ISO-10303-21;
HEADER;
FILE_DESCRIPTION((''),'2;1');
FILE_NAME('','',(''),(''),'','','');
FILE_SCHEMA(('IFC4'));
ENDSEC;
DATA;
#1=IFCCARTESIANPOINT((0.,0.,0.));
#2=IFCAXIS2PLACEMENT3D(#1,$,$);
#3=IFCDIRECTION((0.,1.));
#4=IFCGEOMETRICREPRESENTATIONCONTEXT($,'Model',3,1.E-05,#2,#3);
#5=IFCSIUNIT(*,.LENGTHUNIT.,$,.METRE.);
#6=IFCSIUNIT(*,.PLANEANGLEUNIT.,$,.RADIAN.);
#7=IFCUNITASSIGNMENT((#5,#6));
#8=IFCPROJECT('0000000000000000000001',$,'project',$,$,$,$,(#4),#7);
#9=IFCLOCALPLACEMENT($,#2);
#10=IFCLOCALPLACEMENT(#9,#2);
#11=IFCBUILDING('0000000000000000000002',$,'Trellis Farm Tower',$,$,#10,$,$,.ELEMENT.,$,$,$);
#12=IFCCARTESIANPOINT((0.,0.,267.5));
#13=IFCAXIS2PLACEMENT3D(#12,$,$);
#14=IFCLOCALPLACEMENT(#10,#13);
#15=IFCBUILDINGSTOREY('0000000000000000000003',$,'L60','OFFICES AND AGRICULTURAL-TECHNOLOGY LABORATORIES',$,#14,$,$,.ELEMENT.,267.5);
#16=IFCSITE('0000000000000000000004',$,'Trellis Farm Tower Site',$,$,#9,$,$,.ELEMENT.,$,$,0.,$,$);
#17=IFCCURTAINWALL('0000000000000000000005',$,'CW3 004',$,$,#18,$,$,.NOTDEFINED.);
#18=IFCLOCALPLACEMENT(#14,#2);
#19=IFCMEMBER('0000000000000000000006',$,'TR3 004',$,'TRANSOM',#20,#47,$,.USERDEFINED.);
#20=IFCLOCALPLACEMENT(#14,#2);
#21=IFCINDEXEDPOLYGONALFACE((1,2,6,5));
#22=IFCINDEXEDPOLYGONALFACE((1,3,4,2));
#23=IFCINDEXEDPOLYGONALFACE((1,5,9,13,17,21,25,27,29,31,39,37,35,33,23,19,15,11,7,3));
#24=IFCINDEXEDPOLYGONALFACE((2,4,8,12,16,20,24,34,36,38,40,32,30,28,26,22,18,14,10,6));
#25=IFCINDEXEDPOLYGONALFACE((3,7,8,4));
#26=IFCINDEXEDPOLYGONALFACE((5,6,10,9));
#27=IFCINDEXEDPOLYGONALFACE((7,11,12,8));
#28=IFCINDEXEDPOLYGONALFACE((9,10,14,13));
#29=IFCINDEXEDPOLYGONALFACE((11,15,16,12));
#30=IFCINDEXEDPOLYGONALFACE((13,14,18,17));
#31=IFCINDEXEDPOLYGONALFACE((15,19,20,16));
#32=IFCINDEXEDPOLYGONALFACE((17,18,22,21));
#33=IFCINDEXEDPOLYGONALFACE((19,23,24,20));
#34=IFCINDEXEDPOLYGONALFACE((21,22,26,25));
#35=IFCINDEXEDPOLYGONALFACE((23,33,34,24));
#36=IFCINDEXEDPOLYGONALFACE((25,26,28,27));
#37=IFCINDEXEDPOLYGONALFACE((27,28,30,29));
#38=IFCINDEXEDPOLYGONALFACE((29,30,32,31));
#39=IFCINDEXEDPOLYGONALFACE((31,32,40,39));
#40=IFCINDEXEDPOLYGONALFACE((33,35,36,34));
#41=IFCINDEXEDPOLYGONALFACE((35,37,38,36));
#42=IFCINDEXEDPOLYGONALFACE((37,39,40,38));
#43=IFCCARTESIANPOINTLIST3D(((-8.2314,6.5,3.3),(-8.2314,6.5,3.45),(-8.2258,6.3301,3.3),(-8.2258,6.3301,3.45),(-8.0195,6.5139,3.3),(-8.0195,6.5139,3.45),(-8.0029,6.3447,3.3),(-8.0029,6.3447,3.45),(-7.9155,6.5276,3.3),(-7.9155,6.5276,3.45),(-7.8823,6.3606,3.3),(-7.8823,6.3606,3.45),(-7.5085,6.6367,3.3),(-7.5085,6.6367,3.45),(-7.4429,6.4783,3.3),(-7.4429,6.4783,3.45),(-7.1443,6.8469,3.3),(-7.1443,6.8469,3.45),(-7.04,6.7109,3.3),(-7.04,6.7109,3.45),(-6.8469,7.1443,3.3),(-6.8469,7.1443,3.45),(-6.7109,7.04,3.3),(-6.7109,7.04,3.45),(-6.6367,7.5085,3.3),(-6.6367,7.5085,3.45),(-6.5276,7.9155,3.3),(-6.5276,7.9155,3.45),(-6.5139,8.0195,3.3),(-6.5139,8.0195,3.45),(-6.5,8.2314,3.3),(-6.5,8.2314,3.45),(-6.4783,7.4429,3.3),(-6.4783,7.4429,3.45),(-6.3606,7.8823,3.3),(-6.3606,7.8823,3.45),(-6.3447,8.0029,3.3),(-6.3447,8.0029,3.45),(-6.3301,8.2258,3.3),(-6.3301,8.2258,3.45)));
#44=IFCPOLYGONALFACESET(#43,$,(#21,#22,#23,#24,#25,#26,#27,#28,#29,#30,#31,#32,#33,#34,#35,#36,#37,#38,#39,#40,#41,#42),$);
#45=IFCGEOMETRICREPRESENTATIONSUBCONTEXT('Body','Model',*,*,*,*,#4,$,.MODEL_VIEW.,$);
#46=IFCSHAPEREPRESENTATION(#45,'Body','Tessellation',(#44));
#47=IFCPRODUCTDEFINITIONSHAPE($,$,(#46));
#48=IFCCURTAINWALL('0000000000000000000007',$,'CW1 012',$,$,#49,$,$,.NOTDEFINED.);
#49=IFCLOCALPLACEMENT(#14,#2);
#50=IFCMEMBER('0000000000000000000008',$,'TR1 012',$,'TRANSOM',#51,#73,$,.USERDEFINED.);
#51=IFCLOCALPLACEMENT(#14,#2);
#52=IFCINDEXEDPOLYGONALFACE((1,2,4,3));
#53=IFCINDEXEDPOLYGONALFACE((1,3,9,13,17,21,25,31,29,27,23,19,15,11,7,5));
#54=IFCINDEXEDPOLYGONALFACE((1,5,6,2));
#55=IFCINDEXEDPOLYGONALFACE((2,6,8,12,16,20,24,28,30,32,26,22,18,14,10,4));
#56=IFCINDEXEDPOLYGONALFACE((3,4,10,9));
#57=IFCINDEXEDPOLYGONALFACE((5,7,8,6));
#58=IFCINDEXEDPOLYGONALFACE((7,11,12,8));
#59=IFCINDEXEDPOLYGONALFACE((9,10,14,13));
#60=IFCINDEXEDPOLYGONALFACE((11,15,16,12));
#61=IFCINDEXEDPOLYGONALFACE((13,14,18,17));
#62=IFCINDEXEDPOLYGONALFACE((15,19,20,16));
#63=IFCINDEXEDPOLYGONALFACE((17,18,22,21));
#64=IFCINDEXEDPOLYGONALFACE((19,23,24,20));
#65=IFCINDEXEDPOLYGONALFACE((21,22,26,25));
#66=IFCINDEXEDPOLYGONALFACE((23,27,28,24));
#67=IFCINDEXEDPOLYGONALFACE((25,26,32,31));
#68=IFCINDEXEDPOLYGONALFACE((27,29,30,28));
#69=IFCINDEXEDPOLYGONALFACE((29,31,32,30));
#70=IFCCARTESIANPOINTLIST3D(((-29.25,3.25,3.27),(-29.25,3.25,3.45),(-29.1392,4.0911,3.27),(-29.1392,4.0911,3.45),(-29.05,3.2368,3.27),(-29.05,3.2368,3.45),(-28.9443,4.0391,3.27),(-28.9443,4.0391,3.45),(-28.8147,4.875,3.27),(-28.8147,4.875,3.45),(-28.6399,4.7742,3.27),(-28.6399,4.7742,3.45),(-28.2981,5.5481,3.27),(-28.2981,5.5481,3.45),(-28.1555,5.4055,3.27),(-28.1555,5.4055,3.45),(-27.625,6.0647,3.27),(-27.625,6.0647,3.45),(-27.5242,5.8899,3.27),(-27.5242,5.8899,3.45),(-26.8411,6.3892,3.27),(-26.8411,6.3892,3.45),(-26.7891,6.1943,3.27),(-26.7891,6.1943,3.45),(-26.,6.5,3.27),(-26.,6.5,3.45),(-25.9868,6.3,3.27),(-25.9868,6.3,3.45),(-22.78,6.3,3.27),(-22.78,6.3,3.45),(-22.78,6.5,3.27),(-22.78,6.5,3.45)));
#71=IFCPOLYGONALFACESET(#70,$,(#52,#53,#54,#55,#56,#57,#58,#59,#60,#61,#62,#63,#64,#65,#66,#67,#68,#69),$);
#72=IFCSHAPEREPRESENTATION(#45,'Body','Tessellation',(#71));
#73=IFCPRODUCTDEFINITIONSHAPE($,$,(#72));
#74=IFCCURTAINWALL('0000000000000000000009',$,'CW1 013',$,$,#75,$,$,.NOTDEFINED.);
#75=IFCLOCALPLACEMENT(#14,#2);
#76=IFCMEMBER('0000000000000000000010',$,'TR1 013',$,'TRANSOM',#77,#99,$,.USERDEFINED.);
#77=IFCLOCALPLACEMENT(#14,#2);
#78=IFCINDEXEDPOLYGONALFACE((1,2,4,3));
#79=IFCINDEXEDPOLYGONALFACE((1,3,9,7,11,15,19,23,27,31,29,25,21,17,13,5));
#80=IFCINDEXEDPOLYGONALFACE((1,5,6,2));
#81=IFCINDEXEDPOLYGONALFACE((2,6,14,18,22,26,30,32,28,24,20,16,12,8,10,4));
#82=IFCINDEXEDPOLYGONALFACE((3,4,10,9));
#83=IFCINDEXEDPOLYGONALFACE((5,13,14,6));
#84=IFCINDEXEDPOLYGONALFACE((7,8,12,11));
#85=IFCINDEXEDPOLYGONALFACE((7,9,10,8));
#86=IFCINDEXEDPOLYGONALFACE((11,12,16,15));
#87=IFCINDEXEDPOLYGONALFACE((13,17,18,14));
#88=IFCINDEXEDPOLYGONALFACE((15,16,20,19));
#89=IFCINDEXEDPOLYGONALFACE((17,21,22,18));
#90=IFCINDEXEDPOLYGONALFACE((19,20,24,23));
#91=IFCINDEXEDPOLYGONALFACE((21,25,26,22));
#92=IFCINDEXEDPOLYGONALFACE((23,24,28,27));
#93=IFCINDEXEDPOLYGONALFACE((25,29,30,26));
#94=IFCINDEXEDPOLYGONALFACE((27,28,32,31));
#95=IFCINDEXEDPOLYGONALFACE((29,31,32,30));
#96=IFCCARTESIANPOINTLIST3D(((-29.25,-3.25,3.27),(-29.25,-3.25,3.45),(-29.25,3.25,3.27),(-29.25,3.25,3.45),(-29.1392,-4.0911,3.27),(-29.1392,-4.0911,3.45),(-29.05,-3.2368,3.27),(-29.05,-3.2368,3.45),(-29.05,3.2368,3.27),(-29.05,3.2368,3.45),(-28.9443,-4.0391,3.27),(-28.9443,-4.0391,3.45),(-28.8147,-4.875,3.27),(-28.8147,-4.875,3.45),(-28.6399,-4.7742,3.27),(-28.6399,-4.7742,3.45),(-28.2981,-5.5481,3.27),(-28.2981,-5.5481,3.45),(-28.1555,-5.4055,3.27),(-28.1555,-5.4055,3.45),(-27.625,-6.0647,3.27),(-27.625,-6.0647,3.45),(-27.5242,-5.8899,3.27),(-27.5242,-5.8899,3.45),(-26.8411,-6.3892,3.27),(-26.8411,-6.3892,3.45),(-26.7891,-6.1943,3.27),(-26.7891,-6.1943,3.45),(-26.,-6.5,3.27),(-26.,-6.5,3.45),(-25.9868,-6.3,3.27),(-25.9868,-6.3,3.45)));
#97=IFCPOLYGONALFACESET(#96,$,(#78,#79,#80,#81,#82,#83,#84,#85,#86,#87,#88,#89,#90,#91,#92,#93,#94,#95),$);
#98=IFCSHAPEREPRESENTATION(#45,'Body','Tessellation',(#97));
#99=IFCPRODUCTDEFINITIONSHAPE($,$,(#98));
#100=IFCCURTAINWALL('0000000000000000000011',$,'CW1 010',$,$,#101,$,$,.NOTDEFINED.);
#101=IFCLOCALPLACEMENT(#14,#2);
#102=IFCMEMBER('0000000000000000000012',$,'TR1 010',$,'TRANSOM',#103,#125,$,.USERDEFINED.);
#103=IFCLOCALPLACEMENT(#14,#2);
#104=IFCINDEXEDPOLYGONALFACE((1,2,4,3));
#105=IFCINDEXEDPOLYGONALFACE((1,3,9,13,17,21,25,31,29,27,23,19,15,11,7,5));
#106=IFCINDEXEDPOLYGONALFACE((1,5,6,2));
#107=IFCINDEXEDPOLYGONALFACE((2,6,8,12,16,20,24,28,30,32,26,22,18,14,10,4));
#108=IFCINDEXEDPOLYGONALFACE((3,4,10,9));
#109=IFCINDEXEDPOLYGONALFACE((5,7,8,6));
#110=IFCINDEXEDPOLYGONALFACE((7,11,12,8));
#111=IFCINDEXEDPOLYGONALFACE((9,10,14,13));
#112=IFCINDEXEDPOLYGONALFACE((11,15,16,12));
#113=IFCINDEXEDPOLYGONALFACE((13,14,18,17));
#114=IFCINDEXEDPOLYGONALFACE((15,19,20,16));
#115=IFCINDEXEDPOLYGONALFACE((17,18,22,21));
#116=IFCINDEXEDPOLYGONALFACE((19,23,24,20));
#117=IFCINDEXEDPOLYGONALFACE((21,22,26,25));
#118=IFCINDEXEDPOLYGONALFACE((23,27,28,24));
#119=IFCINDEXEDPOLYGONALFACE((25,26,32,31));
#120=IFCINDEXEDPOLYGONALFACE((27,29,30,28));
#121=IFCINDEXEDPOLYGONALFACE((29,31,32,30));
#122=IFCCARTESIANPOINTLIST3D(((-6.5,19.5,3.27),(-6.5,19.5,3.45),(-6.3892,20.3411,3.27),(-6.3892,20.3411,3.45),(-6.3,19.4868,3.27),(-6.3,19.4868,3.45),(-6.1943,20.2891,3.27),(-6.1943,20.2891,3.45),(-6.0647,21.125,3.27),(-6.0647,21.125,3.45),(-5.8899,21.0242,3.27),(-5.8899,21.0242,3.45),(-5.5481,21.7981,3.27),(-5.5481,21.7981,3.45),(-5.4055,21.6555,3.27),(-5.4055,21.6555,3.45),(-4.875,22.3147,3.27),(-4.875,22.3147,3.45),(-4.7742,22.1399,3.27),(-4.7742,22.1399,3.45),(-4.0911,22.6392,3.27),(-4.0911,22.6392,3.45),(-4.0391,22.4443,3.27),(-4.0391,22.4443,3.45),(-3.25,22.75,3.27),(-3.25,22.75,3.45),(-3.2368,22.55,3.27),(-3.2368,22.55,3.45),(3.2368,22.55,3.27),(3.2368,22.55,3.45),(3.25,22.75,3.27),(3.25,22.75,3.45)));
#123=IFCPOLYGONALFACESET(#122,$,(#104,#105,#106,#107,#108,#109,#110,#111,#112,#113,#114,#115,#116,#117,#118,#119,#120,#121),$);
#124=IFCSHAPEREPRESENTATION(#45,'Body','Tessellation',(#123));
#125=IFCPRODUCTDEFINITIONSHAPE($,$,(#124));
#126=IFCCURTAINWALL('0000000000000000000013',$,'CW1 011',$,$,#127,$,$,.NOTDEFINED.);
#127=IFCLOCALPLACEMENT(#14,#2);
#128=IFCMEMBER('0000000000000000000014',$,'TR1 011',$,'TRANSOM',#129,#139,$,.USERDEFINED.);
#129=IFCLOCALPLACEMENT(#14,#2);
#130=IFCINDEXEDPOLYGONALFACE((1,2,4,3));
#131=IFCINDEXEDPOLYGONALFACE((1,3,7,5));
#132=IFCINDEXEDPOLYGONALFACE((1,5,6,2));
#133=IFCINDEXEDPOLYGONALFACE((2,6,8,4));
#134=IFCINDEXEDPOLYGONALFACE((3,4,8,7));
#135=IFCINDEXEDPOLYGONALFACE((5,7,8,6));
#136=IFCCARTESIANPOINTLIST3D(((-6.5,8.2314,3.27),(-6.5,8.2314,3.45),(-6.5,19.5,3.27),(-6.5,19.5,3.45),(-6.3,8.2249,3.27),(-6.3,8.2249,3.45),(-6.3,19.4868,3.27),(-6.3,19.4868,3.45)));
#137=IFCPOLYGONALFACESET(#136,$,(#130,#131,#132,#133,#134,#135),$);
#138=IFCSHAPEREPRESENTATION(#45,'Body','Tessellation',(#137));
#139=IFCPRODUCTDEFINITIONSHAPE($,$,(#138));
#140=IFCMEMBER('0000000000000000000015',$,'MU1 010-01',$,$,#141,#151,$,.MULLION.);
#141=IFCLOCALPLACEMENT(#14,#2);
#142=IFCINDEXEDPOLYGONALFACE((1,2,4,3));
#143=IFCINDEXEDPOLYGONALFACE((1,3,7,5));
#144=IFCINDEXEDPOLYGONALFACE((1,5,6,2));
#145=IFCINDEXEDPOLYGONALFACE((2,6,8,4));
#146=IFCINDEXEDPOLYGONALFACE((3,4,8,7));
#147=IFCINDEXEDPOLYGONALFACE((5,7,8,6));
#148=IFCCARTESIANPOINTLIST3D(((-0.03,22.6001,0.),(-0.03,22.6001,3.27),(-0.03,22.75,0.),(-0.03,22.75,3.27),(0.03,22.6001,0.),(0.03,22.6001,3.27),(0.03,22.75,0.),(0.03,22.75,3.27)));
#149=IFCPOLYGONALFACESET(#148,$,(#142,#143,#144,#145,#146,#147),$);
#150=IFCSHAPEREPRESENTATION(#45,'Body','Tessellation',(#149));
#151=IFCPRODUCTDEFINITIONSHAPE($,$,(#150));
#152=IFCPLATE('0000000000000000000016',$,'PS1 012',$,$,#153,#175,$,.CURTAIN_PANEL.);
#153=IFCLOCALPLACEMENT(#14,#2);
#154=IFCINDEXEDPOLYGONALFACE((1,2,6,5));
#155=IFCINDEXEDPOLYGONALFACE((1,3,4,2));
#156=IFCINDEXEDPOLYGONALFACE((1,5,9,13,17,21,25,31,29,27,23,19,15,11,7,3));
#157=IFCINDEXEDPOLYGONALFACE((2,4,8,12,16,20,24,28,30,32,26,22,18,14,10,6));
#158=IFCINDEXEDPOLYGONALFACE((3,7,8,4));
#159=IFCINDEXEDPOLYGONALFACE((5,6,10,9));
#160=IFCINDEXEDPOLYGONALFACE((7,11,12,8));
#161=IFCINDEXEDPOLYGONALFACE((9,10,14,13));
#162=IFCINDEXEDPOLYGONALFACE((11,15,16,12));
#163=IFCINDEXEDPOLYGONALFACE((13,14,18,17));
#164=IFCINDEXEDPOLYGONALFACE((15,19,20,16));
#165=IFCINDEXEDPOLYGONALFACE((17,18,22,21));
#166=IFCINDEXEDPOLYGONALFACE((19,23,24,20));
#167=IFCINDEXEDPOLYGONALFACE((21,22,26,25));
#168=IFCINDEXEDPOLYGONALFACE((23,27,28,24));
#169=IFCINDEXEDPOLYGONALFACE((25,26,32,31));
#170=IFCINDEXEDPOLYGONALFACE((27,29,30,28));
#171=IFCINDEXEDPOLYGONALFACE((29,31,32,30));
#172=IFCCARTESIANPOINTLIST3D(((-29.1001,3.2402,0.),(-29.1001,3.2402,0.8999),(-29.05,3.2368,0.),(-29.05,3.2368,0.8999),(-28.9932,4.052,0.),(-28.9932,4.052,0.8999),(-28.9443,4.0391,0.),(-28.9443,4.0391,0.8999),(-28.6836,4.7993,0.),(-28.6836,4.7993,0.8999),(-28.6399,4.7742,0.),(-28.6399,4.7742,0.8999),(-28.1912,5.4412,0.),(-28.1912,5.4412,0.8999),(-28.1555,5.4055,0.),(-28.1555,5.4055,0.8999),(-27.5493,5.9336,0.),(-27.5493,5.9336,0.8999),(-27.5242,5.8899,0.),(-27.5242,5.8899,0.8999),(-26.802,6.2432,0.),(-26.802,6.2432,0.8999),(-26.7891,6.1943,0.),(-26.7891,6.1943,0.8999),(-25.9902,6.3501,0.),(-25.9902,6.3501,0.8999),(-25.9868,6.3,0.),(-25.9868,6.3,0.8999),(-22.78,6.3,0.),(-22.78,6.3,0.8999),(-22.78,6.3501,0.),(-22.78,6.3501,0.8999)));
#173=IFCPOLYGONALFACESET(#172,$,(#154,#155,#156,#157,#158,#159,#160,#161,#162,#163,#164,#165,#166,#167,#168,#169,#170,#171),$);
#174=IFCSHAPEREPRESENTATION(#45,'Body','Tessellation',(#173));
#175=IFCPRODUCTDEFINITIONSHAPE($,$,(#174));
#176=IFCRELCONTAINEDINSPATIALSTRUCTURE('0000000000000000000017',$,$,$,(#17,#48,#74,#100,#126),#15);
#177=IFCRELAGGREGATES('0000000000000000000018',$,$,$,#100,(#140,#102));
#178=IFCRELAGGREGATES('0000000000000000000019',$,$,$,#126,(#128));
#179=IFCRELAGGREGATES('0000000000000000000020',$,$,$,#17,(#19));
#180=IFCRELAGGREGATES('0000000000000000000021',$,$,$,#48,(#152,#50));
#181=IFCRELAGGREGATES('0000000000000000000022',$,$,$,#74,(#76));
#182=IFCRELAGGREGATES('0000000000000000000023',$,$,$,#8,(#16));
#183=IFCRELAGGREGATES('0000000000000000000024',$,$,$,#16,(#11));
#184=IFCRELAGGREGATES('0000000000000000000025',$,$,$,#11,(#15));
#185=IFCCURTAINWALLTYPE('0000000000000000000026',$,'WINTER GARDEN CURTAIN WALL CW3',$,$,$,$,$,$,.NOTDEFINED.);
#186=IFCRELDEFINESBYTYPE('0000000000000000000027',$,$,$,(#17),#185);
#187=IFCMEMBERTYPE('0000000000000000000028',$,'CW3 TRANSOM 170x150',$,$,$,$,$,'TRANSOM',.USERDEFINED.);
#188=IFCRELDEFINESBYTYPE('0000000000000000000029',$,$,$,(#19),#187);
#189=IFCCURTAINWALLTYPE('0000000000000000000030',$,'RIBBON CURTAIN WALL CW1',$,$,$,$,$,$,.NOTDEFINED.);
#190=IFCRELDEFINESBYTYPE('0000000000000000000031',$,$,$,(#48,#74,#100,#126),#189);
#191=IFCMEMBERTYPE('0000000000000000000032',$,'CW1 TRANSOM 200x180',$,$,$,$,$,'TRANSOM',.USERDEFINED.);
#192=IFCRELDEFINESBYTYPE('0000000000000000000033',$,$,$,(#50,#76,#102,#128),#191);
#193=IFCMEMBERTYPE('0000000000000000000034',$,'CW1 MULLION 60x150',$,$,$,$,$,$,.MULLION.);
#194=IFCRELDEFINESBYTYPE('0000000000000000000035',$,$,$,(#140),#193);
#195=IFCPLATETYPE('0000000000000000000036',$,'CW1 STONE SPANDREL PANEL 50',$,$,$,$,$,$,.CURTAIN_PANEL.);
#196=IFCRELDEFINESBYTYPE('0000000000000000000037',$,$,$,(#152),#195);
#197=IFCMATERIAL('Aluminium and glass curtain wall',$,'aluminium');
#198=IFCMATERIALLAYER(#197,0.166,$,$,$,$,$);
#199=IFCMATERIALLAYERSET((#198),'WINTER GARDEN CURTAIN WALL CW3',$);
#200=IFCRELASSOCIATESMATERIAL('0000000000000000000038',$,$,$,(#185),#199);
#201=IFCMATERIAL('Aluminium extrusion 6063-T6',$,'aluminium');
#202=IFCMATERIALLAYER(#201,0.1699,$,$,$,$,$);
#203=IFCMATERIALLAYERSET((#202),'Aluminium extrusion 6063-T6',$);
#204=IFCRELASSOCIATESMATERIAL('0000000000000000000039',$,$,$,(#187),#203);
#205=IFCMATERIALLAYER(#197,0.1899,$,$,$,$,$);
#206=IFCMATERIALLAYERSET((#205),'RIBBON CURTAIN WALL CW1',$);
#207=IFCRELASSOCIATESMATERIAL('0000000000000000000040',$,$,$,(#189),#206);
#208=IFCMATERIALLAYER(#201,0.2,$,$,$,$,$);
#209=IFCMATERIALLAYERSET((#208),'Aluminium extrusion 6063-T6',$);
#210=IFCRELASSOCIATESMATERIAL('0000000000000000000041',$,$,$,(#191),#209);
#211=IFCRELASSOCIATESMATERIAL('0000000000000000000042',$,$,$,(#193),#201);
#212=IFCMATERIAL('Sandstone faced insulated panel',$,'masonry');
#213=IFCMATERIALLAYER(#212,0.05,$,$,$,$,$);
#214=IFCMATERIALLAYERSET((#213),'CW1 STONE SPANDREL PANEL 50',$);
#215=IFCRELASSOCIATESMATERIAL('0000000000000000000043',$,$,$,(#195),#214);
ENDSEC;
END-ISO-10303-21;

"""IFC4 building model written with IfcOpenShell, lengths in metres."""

from ifc_helpers import new_model, si_unit, direction, frame, origin, origin_2d, place, context, subcontext, project, spatial, polyline, rectangle, outline, extrude, source, transform, mapped, material, layer, layer_set, material_profile, profile_set, type_object, element, aggregate, save


model = new_model("IFC4")

# Units and contexts
model_context = context("Model", 3, precision=1e-05, world=origin(), true_north=direction((0.0, 1.0)))
body_context = subcontext(model_context, "Body", "Model", "MODEL_VIEW")
ifc_project = project(units=[si_unit("LENGTHUNIT", "METRE"), si_unit("PLANEANGLEUNIT", "RADIAN")], contexts=[model_context])

# Site, building, storey
site_placement = place(None, origin())
site = spatial("IfcSite", under=ifc_project, at=site_placement, Name="Trellis Farm Tower Site", CompositionType="ELEMENT", RefElevation=0.0)
building_placement = place(site_placement, origin())
building = spatial("IfcBuilding", under=site, at=building_placement, Name="Trellis Farm Tower", CompositionType="ELEMENT")
storey_placement = place(building_placement, frame((0.0, 0.0, 267.5)))
storey = spatial("IfcBuildingStorey", under=building, at=storey_placement, Name="L60", Description="OFFICES AND AGRICULTURAL-TECHNOLOGY LABORATORIES", CompositionType="ELEMENT", Elevation=267.5)

# Curtain walls, members
ifc_material_1 = material(Name="Aluminium and glass curtain wall", Category="aluminium")
ifc_layer_1 = layer(ifc_material_1, 0.166)
ifc_layer_set_1 = layer_set([ifc_layer_1], Name="WINTER GARDEN CURTAIN WALL CW3")
curtain_wall_type_1 = type_object("IfcCurtainWallType", Name="WINTER GARDEN CURTAIN WALL CW3", PredefinedType="NOTDEFINED", material=ifc_layer_set_1)
placement_1 = place(storey_placement, origin())
curtain_wall_1 = element("IfcCurtainWall", 1, at=placement_1, inside=storey, type_object=curtain_wall_type_1, Name="CW3 004", PredefinedType="NOTDEFINED")
ifc_material_2 = material(Name="Aluminium extrusion 6063-T6", Category="aluminium")
ifc_layer_2 = layer(ifc_material_2, 0.1699)
ifc_layer_set_2 = layer_set([ifc_layer_2], Name="Aluminium extrusion 6063-T6")
member_type_1 = type_object("IfcMemberType", Name="CW3 TRANSOM 170x150", ElementType="TRANSOM", PredefinedType="USERDEFINED", material=ifc_layer_set_2)
shared_shape_1 = source(origin(), body_context, "Body", "SweptSolid", [
    extrude(outline(polyline([(-6.5, 8.2314), (-6.5139, 8.0195), (-6.5276, 7.9155), (-6.6367, 7.5085), (-6.8469, 7.1443), (-7.1443, 6.8469), (-7.5085, 6.6367), (-7.9155, 6.5276), (-8.0195, 6.5139), (-8.2314, 6.5), (-8.2258, 6.3301), (-8.0029, 6.3447), (-7.8823, 6.3606), (-7.4429, 6.4783), (-7.04, 6.7109), (-6.7109, 7.04), (-6.4783, 7.4429), (-6.3606, 7.8823), (-6.3447, 8.0029), (-6.3301, 8.2258), (-6.5, 8.2314)])), origin(), (0.0, 0.0, 1.0), 0.1499),
])
member_1_placement = place(storey_placement, frame((0.0, 0.0, 3.3)))
member_1 = element("IfcMember", 2, at=member_1_placement, type_object=member_type_1, Name="TR3 004", ObjectType="TRANSOM", PredefinedType="USERDEFINED", context=body_context, shape_type="MappedRepresentation", body=[
    mapped(shared_shape_1, transform((0.0, 0.0, 0.0))),
])
ifc_layer_3 = layer(ifc_material_1, 0.1899)
ifc_layer_set_3 = layer_set([ifc_layer_3], Name="RIBBON CURTAIN WALL CW1")
curtain_wall_type_2 = type_object("IfcCurtainWallType", Name="RIBBON CURTAIN WALL CW1", PredefinedType="NOTDEFINED", material=ifc_layer_set_3)
curtain_wall_2 = element("IfcCurtainWall", 3, at=placement_1, inside=storey, type_object=curtain_wall_type_2, Name="CW1 012", PredefinedType="NOTDEFINED")
ifc_layer_4 = layer(ifc_material_2, 0.2)
ifc_layer_set_4 = layer_set([ifc_layer_4], Name="Aluminium extrusion 6063-T6")
member_type_2 = type_object("IfcMemberType", Name="CW1 TRANSOM 200x180", ElementType="TRANSOM", PredefinedType="USERDEFINED", material=ifc_layer_set_4)
shared_shape_2 = source(origin(), body_context, "Body", "SweptSolid", [
    extrude(outline(polyline([(-22.78, 6.5), (-26.0, 6.5), (-26.8411, 6.3892), (-27.625, 6.0647), (-28.2981, 5.5481), (-28.8147, 4.875), (-29.1392, 4.0911), (-29.25, 3.25), (-29.05, 3.2368), (-28.9443, 4.0391), (-28.6399, 4.7742), (-28.1555, 5.4055), (-27.5242, 5.8899), (-26.7891, 6.1943), (-25.9868, 6.3), (-22.78, 6.3), (-22.78, 6.5)])), origin(), (0.0, 0.0, 1.0), 0.1799),
])
placement_2 = place(storey_placement, frame((0.0, 0.0, 3.27)))
member_2 = element("IfcMember", 4, at=placement_2, type_object=member_type_2, Name="TR1 012", ObjectType="TRANSOM", PredefinedType="USERDEFINED", context=body_context, shape_type="MappedRepresentation", body=[
    mapped(shared_shape_2, transform((0.0, 0.0, 0.0))),
])
curtain_wall_3 = element("IfcCurtainWall", 5, at=placement_1, inside=storey, type_object=curtain_wall_type_2, Name="CW1 013", PredefinedType="NOTDEFINED")
shared_shape_3 = source(origin(), body_context, "Body", "SweptSolid", [
    extrude(outline(polyline([(-29.25, 3.25), (-29.25, -3.25), (-29.1392, -4.0911), (-28.8147, -4.875), (-28.2981, -5.5481), (-27.625, -6.0647), (-26.8411, -6.3892), (-26.0, -6.5), (-25.9868, -6.3), (-26.7891, -6.1943), (-27.5242, -5.8899), (-28.1555, -5.4055), (-28.6399, -4.7742), (-28.9443, -4.0391), (-29.05, -3.2368), (-29.05, 3.2368), (-29.25, 3.25)])), origin(), (0.0, 0.0, 1.0), 0.1799),
])
member_3 = element("IfcMember", 6, at=placement_2, type_object=member_type_2, Name="TR1 013", ObjectType="TRANSOM", PredefinedType="USERDEFINED", context=body_context, shape_type="MappedRepresentation", body=[
    mapped(shared_shape_3, transform((0.0, 0.0, 0.0))),
])
curtain_wall_4 = element("IfcCurtainWall", 7, at=placement_1, inside=storey, type_object=curtain_wall_type_2, Name="CW1 010", PredefinedType="NOTDEFINED")
shared_shape_4 = source(origin(), body_context, "Body", "SweptSolid", [
    extrude(outline(polyline([(3.25, 22.75), (-3.25, 22.75), (-4.0911, 22.6392), (-4.875, 22.3147), (-5.5481, 21.7981), (-6.0647, 21.125), (-6.3892, 20.3411), (-6.5, 19.5), (-6.3, 19.4868), (-6.1943, 20.2891), (-5.8899, 21.0242), (-5.4055, 21.6555), (-4.7742, 22.1399), (-4.0391, 22.4443), (-3.2368, 22.55), (3.2368, 22.55), (3.25, 22.75)])), origin(), (0.0, 0.0, 1.0), 0.1799),
])
member_4 = element("IfcMember", 8, at=placement_2, type_object=member_type_2, Name="TR1 010", ObjectType="TRANSOM", PredefinedType="USERDEFINED", context=body_context, shape_type="MappedRepresentation", body=[
    mapped(shared_shape_4, transform((0.0, 0.0, 0.0))),
])
curtain_wall_5 = element("IfcCurtainWall", 9, at=placement_1, inside=storey, type_object=curtain_wall_type_2, Name="CW1 011", PredefinedType="NOTDEFINED")
shared_shape_5 = source(origin(), body_context, "Body", "SweptSolid", [
    extrude(outline(polyline([(-6.5, 19.5), (-6.5, 8.2314), (-6.3, 8.2249), (-6.3, 19.4868), (-6.5, 19.5)])), origin(), (0.0, 0.0, 1.0), 0.1799),
])
member_5 = element("IfcMember", 10, at=placement_2, type_object=member_type_2, Name="TR1 011", ObjectType="TRANSOM", PredefinedType="USERDEFINED", context=body_context, shape_type="MappedRepresentation", body=[
    mapped(shared_shape_5, transform((0.0, 0.0, 0.0))),
])

# Member
ifc_material_profile = material_profile(ifc_material_2, rectangle(XDim=0.0601, YDim=0.1499, at=origin_2d()), Name="MULLION 60x150")
ifc_profile_set = profile_set([ifc_material_profile], Name="Aluminium extrusion 6063-T6")
member_type_3 = type_object("IfcMemberType", Name="CW1 MULLION 60x150", PredefinedType="MULLION", material=ifc_profile_set)
shared_shape_6 = source(origin(), body_context, "Body", "SweptSolid", [
    extrude(rectangle(XDim=0.0601, YDim=0.1499, at=origin_2d()), origin(), (0.0, 0.0, 1.0), 3.27),
])
member_6_placement = place(storey_placement, frame((0.0, 22.675, 0.0), z_axis=(0.0, 0.0, 1.0), x_axis=(-1.0, 0.0, 0.0)))
member_6 = element("IfcMember", 11, at=member_6_placement, type_object=member_type_3, Name="MU1 010-01", PredefinedType="MULLION", context=body_context, shape_type="MappedRepresentation", body=[
    mapped(shared_shape_6, transform((0.0, 0.0, 0.0))),
])

# Plate
ifc_material_3 = material(Name="Sandstone faced insulated panel", Category="masonry")
ifc_layer_5 = layer(ifc_material_3, 0.05)
ifc_layer_set_5 = layer_set([ifc_layer_5], Name="CW1 STONE SPANDREL PANEL 50")
plate_type_1 = type_object("IfcPlateType", Name="CW1 STONE SPANDREL PANEL 50", PredefinedType="CURTAIN_PANEL", material=ifc_layer_set_5)
shared_shape_7 = source(origin(), body_context, "Body", "SweptSolid", [
    extrude(outline(polyline([(-22.78, 6.3501), (-25.9902, 6.3501), (-26.802, 6.2432), (-27.5493, 5.9336), (-28.1912, 5.4412), (-28.6836, 4.7993), (-28.9932, 4.052), (-29.1001, 3.2402), (-29.05, 3.2368), (-28.9443, 4.0391), (-28.6399, 4.7742), (-28.1555, 5.4055), (-27.5242, 5.8899), (-26.7891, 6.1943), (-25.9868, 6.3), (-22.78, 6.3), (-22.78, 6.3501)])), origin(), (0.0, 0.0, 1.0), 0.8999),
])
plate_1 = element("IfcPlate", 12, at=placement_1, type_object=plate_type_1, Name="PS1 012", PredefinedType="CURTAIN_PANEL", context=body_context, shape_type="MappedRepresentation", body=[
    mapped(shared_shape_7, transform((0.0, 0.0, 0.0))),
])
aggregate(curtain_wall_4, [member_6, member_4])
aggregate(curtain_wall_5, [member_5])
aggregate(curtain_wall_1, [member_1])
aggregate(curtain_wall_2, [plate_1, member_2])
aggregate(curtain_wall_3, [member_3])

save(model, "model.ifc")
